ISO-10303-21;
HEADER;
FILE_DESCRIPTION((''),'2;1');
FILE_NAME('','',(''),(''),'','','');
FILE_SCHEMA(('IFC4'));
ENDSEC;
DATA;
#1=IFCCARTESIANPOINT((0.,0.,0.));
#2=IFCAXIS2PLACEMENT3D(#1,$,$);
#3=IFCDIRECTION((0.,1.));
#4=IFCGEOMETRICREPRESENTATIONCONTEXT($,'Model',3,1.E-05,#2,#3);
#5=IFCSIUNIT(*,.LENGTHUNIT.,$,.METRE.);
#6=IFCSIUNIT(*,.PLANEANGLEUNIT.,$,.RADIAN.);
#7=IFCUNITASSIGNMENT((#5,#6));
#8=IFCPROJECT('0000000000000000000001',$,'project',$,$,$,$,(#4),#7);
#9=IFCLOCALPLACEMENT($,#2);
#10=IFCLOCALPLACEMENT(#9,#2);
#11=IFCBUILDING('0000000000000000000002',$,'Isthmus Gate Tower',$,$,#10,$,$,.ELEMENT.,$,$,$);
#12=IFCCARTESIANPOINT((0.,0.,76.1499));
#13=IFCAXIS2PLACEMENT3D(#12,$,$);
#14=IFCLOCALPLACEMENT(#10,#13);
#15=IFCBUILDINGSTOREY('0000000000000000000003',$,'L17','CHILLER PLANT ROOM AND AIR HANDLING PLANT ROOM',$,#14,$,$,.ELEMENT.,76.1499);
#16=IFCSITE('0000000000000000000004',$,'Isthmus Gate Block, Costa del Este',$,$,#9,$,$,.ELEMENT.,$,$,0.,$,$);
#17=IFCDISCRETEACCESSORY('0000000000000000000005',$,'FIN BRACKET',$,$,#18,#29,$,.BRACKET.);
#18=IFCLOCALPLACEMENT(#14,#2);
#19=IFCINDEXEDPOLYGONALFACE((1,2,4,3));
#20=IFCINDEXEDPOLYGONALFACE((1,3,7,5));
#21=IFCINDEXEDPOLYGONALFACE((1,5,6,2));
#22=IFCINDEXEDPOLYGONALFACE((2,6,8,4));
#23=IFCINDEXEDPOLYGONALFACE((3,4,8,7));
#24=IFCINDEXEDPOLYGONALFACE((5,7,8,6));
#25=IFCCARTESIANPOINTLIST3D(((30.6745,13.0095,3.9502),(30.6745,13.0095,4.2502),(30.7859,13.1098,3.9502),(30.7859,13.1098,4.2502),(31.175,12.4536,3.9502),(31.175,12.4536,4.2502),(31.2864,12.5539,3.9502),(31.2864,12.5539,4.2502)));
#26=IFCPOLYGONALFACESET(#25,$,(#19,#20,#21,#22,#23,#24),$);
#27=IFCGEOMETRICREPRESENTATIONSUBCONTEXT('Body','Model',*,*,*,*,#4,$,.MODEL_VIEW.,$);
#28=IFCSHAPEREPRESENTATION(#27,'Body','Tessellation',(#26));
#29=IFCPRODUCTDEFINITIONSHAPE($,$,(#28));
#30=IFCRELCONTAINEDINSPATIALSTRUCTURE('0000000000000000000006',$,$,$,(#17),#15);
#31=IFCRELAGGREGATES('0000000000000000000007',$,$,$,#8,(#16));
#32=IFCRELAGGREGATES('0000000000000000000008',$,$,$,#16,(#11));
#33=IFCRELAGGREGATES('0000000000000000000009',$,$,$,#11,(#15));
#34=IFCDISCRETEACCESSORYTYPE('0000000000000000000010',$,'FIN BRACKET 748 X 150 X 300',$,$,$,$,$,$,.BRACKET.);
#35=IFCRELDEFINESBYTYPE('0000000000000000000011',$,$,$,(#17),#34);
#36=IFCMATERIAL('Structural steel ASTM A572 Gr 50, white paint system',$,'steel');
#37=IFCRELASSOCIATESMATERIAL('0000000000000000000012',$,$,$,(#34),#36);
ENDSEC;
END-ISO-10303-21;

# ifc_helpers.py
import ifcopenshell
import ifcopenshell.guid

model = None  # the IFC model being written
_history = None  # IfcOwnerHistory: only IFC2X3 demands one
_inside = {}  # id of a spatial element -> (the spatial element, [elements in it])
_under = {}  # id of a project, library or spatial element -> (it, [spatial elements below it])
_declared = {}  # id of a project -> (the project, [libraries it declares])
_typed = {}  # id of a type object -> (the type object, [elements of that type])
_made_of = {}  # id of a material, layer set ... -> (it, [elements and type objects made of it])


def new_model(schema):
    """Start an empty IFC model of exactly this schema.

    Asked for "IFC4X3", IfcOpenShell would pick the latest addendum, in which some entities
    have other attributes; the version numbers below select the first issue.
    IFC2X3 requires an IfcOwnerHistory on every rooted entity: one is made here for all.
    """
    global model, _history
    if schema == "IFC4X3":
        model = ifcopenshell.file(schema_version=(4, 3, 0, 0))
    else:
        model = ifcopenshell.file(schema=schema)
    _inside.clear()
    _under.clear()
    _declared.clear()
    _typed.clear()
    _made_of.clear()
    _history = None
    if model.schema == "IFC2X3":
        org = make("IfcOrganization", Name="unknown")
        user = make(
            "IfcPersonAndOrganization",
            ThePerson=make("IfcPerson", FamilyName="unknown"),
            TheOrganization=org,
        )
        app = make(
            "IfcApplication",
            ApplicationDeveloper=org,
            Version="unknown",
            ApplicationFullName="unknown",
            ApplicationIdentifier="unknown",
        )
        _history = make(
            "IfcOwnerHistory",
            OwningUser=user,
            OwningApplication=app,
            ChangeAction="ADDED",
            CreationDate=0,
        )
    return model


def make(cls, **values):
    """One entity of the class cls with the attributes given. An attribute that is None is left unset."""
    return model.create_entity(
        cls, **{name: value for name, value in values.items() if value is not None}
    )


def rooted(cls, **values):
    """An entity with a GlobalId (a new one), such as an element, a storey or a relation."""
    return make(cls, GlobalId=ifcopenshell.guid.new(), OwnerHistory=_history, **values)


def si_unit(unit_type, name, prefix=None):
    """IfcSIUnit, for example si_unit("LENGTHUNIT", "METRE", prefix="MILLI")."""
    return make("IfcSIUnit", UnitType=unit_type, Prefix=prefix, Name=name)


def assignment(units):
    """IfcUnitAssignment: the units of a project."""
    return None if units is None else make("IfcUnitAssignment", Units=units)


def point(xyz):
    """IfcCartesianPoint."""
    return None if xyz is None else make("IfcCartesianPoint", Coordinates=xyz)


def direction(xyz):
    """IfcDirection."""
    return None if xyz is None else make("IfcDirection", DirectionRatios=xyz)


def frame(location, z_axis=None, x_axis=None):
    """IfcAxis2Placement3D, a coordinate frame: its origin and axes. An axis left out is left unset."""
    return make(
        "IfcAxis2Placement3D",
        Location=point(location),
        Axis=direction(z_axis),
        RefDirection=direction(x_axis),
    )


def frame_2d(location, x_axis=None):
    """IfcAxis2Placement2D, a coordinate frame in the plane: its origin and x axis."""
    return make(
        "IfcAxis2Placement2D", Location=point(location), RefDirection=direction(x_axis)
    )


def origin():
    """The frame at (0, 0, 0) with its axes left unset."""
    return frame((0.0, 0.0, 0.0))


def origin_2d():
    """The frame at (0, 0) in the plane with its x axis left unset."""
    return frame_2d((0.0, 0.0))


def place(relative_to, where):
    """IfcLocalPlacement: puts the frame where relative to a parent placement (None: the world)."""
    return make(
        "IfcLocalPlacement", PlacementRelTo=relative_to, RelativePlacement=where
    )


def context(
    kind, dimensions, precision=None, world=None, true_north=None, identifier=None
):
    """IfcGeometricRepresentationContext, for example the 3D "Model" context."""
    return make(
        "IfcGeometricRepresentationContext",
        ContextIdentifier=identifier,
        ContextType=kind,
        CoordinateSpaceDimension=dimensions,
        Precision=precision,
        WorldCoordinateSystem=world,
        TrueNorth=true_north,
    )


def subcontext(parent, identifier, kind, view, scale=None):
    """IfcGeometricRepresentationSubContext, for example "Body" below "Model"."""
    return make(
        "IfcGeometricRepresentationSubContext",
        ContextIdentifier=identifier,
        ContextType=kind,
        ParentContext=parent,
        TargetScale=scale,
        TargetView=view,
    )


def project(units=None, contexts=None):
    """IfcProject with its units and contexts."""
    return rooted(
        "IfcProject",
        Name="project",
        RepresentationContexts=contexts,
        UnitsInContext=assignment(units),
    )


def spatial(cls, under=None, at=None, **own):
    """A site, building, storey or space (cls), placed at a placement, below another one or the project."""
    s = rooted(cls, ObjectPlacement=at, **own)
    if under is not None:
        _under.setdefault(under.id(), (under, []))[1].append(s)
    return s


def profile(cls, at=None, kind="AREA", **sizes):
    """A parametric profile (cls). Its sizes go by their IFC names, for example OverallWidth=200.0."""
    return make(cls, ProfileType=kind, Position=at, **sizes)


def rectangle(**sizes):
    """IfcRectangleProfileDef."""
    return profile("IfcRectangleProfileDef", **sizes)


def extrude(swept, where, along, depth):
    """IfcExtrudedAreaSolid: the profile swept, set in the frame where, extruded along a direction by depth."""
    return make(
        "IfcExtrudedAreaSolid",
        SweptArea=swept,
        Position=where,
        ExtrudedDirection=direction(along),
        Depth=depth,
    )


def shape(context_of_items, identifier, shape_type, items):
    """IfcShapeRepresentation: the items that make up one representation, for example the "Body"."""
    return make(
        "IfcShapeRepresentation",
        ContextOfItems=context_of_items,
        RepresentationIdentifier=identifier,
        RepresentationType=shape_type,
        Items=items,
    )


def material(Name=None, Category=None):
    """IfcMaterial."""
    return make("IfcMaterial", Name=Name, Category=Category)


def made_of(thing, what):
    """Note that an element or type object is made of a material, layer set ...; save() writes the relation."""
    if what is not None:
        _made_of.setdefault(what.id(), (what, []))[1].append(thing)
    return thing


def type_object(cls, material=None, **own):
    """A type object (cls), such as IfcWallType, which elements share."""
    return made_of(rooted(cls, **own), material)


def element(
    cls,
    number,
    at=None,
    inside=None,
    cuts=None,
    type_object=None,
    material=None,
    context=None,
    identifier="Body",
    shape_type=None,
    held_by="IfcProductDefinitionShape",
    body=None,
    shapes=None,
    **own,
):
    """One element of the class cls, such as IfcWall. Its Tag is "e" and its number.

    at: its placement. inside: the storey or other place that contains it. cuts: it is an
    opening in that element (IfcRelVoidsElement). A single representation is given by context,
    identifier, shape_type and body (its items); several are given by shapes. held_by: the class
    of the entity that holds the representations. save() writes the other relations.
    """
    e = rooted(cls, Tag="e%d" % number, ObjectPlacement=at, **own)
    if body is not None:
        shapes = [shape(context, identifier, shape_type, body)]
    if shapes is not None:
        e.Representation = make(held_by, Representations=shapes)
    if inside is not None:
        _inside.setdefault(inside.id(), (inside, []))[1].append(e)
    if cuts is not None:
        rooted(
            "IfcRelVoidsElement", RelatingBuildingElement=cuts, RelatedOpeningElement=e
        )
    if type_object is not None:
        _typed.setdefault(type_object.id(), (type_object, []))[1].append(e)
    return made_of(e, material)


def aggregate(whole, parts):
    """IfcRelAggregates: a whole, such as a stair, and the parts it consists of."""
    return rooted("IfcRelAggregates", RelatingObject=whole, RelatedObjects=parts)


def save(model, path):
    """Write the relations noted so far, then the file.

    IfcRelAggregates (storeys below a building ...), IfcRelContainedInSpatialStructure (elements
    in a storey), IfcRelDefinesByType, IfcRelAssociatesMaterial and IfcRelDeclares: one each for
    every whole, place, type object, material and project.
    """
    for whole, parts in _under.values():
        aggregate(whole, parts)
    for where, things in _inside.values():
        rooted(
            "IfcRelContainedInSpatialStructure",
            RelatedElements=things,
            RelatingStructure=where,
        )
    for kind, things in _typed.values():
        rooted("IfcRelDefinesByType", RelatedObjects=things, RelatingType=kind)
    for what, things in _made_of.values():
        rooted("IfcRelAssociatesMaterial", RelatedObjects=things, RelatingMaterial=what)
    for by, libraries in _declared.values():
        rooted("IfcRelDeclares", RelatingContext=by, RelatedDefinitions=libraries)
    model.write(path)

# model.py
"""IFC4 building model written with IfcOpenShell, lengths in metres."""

from ifc_helpers import new_model, si_unit, direction, frame, origin, origin_2d, place, context, subcontext, project, spatial, rectangle, extrude, material, type_object, element, save


model = new_model("IFC4")

# Units and contexts
model_context = context("Model", 3, precision=1e-05, world=origin(), true_north=direction((0.0, 1.0)))
body_context = subcontext(model_context, "Body", "Model", "MODEL_VIEW")
ifc_project = project(units=[si_unit("LENGTHUNIT", "METRE"), si_unit("PLANEANGLEUNIT", "RADIAN")], contexts=[model_context])

# Site, building, storey
site_placement = place(None, origin())
site = spatial("IfcSite", under=ifc_project, at=site_placement, Name="Isthmus Gate Block, Costa del Este", CompositionType="ELEMENT", RefElevation=0.0)
building_placement = place(site_placement, origin())
building = spatial("IfcBuilding", under=site, at=building_placement, Name="Isthmus Gate Tower", CompositionType="ELEMENT")
storey_placement = place(building_placement, frame((0.0, 0.0, 76.1499)))
storey = spatial("IfcBuildingStorey", under=building, at=storey_placement, Name="L17", Description="CHILLER PLANT ROOM AND AIR HANDLING PLANT ROOM", CompositionType="ELEMENT", Elevation=76.1499)

# Discrete accessory
ifc_material_1 = material(Name="Structural steel ASTM A572 Gr 50, white paint system", Category="steel")
discrete_accessory_type = type_object("IfcDiscreteAccessoryType", Name="FIN BRACKET 748 X 150 X 300", PredefinedType="BRACKET", material=ifc_material_1)
for number, where, z_axis, x_axis, name in (
    (1, (30.9805, 12.7817, 3.9502), (0.0, 0.0, 1.0), (0.743145, 0.669131, 0.0), "FIN BRACKET"),
):
    element("IfcDiscreteAccessory", number, at=place(storey_placement, frame(where, z_axis=z_axis, x_axis=x_axis)), inside=storey, type_object=discrete_accessory_type, Name=name, PredefinedType="BRACKET", context=body_context, shape_type="SweptSolid", body=[
        extrude(rectangle(XDim=0.1499, YDim=0.748, at=origin_2d()), origin(), (0.0, 0.0, 1.0), 0.3),
    ])

save(model, "model.ifc")
